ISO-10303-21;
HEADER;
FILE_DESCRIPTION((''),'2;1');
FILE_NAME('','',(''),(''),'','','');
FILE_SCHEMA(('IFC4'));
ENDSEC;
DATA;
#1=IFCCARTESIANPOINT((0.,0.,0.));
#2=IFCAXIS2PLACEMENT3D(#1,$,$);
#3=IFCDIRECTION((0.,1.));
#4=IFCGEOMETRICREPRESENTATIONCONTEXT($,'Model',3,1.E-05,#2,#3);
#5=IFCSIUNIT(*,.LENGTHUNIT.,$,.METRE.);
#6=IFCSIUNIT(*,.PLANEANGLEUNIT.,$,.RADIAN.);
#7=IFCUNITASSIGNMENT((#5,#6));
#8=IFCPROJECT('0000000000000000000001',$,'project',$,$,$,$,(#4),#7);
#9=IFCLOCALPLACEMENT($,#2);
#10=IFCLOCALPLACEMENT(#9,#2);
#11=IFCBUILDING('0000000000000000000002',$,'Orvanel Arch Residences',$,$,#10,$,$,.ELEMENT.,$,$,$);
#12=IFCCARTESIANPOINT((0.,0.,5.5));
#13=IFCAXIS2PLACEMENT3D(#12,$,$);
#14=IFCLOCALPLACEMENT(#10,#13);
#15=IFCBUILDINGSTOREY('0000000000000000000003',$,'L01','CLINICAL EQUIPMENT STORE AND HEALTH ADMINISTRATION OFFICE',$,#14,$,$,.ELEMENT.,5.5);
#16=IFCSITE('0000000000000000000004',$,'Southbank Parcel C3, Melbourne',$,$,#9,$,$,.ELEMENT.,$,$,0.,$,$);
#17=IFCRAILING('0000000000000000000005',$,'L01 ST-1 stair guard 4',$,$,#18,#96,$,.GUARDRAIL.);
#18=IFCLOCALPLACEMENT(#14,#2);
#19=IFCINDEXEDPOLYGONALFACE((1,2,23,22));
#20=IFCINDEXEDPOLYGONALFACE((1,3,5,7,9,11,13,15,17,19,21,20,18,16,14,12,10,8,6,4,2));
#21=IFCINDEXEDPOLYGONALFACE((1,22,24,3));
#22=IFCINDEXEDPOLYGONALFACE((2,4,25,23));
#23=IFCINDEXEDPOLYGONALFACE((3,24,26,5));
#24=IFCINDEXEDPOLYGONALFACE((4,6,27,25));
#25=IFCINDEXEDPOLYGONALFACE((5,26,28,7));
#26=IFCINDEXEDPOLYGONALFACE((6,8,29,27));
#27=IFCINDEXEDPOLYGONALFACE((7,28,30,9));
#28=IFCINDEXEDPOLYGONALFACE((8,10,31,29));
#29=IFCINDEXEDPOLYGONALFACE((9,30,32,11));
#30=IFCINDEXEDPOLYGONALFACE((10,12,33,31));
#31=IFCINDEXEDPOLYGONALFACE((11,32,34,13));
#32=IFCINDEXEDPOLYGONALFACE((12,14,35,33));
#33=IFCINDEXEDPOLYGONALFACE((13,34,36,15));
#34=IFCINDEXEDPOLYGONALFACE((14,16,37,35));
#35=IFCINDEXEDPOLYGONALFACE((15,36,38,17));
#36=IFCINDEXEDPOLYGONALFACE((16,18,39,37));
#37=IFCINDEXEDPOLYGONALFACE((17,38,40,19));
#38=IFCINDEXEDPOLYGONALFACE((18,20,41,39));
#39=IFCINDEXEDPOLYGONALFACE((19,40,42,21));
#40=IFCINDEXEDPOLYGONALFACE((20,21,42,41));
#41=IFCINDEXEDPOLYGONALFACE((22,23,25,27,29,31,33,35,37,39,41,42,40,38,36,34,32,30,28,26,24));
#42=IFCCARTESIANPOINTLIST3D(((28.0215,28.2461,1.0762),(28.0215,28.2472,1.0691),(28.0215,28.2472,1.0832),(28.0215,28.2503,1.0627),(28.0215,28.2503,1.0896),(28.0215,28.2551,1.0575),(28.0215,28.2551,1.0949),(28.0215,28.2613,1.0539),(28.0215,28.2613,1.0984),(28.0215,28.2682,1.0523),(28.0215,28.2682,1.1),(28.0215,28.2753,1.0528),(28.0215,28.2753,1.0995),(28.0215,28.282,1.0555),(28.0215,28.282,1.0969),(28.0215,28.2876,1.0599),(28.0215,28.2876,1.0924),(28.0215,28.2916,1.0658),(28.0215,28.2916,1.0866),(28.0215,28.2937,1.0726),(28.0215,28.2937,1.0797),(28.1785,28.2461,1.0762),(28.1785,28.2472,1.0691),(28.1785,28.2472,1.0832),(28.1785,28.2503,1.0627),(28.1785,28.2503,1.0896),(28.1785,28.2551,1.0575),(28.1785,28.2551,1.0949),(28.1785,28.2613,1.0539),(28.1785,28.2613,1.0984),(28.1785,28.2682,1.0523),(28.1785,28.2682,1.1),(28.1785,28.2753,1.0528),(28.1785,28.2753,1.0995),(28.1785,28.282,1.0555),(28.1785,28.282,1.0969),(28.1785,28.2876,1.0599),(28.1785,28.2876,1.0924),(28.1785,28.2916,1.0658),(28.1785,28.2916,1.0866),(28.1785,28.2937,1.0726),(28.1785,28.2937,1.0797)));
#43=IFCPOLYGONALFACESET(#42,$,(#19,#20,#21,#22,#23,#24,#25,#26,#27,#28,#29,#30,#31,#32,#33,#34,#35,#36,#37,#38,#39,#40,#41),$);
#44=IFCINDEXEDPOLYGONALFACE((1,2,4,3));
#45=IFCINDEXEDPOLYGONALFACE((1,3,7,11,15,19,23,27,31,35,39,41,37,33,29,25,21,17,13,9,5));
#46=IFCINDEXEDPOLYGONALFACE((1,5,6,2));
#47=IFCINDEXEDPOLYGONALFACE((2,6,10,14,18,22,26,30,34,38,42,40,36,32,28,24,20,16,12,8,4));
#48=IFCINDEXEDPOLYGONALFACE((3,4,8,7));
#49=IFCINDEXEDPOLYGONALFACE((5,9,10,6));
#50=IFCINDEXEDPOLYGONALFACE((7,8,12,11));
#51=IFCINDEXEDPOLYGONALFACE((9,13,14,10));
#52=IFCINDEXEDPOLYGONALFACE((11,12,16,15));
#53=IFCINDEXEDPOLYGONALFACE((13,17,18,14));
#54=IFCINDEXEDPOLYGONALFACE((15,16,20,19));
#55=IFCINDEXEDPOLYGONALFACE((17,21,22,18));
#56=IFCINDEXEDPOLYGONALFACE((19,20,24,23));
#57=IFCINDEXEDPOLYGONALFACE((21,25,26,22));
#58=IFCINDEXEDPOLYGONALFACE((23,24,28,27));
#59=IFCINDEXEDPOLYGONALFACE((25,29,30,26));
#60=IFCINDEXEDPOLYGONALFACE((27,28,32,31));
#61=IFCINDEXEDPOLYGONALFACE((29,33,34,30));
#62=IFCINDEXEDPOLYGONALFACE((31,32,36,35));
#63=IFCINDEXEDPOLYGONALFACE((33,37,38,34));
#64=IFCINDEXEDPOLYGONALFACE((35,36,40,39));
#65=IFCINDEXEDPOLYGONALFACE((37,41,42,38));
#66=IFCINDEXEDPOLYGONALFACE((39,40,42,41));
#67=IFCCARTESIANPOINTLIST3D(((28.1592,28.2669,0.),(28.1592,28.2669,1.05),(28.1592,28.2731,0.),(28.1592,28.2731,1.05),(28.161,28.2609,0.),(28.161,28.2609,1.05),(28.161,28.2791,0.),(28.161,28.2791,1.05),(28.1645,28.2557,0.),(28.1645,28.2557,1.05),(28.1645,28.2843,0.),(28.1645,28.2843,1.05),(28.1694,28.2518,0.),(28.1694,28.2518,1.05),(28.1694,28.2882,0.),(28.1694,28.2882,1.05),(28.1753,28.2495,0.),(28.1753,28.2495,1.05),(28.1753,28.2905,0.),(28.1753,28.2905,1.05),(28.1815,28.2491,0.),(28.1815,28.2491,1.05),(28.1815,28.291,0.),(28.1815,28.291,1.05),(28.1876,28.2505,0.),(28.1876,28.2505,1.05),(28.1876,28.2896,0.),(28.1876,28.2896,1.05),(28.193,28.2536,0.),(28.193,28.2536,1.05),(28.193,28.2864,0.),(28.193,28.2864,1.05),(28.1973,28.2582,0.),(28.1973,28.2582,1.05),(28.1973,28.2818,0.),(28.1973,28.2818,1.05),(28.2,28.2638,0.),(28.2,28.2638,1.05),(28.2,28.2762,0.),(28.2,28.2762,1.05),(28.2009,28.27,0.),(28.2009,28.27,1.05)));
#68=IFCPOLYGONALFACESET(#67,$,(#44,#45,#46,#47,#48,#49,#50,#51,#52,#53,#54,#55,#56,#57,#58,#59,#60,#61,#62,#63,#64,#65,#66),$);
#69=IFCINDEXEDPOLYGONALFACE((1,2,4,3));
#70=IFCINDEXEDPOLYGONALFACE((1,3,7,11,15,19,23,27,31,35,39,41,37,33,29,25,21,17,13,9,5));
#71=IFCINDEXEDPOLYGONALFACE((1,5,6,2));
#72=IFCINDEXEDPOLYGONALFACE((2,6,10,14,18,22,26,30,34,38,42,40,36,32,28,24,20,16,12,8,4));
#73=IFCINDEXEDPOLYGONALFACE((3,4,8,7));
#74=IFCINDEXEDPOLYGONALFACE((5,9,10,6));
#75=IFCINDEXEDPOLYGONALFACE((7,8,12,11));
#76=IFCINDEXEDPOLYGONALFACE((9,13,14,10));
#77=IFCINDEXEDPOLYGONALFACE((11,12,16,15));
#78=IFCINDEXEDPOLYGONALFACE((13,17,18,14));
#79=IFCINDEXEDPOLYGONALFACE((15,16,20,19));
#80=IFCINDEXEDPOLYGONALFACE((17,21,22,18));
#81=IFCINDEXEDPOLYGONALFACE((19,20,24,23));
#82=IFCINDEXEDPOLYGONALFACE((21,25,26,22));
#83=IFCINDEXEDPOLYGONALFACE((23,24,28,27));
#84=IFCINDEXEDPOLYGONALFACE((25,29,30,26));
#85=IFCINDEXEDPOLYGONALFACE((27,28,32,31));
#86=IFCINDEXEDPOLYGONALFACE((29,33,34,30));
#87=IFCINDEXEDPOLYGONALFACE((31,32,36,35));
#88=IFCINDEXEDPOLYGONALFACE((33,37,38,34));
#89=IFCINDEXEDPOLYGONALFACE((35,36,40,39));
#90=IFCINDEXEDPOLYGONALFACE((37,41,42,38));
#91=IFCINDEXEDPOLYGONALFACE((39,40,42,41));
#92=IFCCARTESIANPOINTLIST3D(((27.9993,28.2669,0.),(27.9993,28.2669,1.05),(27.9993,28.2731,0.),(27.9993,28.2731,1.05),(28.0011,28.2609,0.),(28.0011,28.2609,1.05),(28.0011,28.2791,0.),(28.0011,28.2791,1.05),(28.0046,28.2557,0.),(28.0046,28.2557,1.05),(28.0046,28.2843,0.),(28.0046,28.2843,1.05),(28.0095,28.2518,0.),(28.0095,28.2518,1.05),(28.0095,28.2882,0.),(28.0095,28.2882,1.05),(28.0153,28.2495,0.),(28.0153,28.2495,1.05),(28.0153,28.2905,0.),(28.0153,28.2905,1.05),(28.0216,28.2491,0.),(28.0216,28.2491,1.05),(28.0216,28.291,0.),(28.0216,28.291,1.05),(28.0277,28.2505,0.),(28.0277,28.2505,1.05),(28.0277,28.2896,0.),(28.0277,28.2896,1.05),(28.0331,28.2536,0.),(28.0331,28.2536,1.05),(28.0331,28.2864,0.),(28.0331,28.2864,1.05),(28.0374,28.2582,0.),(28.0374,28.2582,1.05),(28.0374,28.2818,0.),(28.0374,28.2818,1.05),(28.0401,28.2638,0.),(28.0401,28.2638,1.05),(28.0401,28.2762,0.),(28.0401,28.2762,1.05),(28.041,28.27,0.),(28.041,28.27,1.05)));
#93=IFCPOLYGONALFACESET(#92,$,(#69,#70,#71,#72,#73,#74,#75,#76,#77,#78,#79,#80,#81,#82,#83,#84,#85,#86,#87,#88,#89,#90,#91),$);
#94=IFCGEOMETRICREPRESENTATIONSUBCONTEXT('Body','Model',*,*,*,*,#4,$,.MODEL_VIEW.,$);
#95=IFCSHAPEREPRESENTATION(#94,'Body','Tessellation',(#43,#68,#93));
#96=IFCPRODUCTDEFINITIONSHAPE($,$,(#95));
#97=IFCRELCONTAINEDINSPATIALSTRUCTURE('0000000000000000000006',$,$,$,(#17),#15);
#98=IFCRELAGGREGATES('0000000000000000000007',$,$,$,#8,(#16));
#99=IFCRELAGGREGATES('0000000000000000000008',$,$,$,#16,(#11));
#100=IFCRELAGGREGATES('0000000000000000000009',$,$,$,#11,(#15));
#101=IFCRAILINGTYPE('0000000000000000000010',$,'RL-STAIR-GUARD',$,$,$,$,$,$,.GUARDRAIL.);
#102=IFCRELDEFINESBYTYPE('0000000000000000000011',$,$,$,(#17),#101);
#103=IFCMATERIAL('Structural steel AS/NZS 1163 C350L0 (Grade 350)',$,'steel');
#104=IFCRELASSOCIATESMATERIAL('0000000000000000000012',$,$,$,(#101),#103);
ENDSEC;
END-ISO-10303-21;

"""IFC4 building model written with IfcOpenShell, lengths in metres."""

from ifc_helpers import new_model, si_unit, direction, frame, origin, origin_2d, place, context, subcontext, project, spatial, circle, extrude, material, type_object, element, save


model = new_model("IFC4")

# Units and contexts
model_context = context("Model", 3, precision=1e-05, world=origin(), true_north=direction((0.0, 1.0)))
body_context = subcontext(model_context, "Body", "Model", "MODEL_VIEW")
ifc_project = project(units=[si_unit("LENGTHUNIT", "METRE"), si_unit("PLANEANGLEUNIT", "RADIAN")], contexts=[model_context])

# Site, building, storey
site_placement = place(None, origin())
site = spatial("IfcSite", under=ifc_project, at=site_placement, Name="Southbank Parcel C3, Melbourne", CompositionType="ELEMENT", RefElevation=0.0)
building_placement = place(site_placement, origin())
building = spatial("IfcBuilding", under=site, at=building_placement, Name="Orvanel Arch Residences", CompositionType="ELEMENT")
storey_placement = place(building_placement, frame((0.0, 0.0, 5.5)))
storey = spatial("IfcBuildingStorey", under=building, at=storey_placement, Name="L01", Description="CLINICAL EQUIPMENT STORE AND HEALTH ADMINISTRATION OFFICE", CompositionType="ELEMENT", Elevation=5.5)

# Shared definitions
ifc_material_1 = material(Name="Structural steel AS/NZS 1163 C350L0 (Grade 350)", Category="steel")

# Railing
railing_type = type_object("IfcRailingType", Name="RL-STAIR-GUARD", PredefinedType="GUARDRAIL", material=ifc_material_1)
railing_1_placement = place(storey_placement, frame((28.1799, 28.27, 0.0)))
element("IfcRailing", 1, at=railing_1_placement, inside=storey, type_object=railing_type, Name="L01 ST-1 stair guard 4", PredefinedType="GUARDRAIL", context=body_context, shape_type="SweptSolid", body=[
    extrude(circle(Radius=0.0239, at=origin_2d()), frame((-0.0015, 0.0, 1.0762), z_axis=(-1.0, 0.0, 0.0), x_axis=(0.0, -1.0, 0.0)), (0.0, 0.0, 1.0), 0.157),
    extrude(circle(Radius=0.021, at=origin_2d()), origin(), (0.0, 0.0, 1.0), 1.05),
    extrude(circle(Radius=0.021, at=origin_2d()), frame((-0.1599, 0.0, 0.0)), (0.0, 0.0, 1.0), 1.05),
])

save(model, "model.ifc")
